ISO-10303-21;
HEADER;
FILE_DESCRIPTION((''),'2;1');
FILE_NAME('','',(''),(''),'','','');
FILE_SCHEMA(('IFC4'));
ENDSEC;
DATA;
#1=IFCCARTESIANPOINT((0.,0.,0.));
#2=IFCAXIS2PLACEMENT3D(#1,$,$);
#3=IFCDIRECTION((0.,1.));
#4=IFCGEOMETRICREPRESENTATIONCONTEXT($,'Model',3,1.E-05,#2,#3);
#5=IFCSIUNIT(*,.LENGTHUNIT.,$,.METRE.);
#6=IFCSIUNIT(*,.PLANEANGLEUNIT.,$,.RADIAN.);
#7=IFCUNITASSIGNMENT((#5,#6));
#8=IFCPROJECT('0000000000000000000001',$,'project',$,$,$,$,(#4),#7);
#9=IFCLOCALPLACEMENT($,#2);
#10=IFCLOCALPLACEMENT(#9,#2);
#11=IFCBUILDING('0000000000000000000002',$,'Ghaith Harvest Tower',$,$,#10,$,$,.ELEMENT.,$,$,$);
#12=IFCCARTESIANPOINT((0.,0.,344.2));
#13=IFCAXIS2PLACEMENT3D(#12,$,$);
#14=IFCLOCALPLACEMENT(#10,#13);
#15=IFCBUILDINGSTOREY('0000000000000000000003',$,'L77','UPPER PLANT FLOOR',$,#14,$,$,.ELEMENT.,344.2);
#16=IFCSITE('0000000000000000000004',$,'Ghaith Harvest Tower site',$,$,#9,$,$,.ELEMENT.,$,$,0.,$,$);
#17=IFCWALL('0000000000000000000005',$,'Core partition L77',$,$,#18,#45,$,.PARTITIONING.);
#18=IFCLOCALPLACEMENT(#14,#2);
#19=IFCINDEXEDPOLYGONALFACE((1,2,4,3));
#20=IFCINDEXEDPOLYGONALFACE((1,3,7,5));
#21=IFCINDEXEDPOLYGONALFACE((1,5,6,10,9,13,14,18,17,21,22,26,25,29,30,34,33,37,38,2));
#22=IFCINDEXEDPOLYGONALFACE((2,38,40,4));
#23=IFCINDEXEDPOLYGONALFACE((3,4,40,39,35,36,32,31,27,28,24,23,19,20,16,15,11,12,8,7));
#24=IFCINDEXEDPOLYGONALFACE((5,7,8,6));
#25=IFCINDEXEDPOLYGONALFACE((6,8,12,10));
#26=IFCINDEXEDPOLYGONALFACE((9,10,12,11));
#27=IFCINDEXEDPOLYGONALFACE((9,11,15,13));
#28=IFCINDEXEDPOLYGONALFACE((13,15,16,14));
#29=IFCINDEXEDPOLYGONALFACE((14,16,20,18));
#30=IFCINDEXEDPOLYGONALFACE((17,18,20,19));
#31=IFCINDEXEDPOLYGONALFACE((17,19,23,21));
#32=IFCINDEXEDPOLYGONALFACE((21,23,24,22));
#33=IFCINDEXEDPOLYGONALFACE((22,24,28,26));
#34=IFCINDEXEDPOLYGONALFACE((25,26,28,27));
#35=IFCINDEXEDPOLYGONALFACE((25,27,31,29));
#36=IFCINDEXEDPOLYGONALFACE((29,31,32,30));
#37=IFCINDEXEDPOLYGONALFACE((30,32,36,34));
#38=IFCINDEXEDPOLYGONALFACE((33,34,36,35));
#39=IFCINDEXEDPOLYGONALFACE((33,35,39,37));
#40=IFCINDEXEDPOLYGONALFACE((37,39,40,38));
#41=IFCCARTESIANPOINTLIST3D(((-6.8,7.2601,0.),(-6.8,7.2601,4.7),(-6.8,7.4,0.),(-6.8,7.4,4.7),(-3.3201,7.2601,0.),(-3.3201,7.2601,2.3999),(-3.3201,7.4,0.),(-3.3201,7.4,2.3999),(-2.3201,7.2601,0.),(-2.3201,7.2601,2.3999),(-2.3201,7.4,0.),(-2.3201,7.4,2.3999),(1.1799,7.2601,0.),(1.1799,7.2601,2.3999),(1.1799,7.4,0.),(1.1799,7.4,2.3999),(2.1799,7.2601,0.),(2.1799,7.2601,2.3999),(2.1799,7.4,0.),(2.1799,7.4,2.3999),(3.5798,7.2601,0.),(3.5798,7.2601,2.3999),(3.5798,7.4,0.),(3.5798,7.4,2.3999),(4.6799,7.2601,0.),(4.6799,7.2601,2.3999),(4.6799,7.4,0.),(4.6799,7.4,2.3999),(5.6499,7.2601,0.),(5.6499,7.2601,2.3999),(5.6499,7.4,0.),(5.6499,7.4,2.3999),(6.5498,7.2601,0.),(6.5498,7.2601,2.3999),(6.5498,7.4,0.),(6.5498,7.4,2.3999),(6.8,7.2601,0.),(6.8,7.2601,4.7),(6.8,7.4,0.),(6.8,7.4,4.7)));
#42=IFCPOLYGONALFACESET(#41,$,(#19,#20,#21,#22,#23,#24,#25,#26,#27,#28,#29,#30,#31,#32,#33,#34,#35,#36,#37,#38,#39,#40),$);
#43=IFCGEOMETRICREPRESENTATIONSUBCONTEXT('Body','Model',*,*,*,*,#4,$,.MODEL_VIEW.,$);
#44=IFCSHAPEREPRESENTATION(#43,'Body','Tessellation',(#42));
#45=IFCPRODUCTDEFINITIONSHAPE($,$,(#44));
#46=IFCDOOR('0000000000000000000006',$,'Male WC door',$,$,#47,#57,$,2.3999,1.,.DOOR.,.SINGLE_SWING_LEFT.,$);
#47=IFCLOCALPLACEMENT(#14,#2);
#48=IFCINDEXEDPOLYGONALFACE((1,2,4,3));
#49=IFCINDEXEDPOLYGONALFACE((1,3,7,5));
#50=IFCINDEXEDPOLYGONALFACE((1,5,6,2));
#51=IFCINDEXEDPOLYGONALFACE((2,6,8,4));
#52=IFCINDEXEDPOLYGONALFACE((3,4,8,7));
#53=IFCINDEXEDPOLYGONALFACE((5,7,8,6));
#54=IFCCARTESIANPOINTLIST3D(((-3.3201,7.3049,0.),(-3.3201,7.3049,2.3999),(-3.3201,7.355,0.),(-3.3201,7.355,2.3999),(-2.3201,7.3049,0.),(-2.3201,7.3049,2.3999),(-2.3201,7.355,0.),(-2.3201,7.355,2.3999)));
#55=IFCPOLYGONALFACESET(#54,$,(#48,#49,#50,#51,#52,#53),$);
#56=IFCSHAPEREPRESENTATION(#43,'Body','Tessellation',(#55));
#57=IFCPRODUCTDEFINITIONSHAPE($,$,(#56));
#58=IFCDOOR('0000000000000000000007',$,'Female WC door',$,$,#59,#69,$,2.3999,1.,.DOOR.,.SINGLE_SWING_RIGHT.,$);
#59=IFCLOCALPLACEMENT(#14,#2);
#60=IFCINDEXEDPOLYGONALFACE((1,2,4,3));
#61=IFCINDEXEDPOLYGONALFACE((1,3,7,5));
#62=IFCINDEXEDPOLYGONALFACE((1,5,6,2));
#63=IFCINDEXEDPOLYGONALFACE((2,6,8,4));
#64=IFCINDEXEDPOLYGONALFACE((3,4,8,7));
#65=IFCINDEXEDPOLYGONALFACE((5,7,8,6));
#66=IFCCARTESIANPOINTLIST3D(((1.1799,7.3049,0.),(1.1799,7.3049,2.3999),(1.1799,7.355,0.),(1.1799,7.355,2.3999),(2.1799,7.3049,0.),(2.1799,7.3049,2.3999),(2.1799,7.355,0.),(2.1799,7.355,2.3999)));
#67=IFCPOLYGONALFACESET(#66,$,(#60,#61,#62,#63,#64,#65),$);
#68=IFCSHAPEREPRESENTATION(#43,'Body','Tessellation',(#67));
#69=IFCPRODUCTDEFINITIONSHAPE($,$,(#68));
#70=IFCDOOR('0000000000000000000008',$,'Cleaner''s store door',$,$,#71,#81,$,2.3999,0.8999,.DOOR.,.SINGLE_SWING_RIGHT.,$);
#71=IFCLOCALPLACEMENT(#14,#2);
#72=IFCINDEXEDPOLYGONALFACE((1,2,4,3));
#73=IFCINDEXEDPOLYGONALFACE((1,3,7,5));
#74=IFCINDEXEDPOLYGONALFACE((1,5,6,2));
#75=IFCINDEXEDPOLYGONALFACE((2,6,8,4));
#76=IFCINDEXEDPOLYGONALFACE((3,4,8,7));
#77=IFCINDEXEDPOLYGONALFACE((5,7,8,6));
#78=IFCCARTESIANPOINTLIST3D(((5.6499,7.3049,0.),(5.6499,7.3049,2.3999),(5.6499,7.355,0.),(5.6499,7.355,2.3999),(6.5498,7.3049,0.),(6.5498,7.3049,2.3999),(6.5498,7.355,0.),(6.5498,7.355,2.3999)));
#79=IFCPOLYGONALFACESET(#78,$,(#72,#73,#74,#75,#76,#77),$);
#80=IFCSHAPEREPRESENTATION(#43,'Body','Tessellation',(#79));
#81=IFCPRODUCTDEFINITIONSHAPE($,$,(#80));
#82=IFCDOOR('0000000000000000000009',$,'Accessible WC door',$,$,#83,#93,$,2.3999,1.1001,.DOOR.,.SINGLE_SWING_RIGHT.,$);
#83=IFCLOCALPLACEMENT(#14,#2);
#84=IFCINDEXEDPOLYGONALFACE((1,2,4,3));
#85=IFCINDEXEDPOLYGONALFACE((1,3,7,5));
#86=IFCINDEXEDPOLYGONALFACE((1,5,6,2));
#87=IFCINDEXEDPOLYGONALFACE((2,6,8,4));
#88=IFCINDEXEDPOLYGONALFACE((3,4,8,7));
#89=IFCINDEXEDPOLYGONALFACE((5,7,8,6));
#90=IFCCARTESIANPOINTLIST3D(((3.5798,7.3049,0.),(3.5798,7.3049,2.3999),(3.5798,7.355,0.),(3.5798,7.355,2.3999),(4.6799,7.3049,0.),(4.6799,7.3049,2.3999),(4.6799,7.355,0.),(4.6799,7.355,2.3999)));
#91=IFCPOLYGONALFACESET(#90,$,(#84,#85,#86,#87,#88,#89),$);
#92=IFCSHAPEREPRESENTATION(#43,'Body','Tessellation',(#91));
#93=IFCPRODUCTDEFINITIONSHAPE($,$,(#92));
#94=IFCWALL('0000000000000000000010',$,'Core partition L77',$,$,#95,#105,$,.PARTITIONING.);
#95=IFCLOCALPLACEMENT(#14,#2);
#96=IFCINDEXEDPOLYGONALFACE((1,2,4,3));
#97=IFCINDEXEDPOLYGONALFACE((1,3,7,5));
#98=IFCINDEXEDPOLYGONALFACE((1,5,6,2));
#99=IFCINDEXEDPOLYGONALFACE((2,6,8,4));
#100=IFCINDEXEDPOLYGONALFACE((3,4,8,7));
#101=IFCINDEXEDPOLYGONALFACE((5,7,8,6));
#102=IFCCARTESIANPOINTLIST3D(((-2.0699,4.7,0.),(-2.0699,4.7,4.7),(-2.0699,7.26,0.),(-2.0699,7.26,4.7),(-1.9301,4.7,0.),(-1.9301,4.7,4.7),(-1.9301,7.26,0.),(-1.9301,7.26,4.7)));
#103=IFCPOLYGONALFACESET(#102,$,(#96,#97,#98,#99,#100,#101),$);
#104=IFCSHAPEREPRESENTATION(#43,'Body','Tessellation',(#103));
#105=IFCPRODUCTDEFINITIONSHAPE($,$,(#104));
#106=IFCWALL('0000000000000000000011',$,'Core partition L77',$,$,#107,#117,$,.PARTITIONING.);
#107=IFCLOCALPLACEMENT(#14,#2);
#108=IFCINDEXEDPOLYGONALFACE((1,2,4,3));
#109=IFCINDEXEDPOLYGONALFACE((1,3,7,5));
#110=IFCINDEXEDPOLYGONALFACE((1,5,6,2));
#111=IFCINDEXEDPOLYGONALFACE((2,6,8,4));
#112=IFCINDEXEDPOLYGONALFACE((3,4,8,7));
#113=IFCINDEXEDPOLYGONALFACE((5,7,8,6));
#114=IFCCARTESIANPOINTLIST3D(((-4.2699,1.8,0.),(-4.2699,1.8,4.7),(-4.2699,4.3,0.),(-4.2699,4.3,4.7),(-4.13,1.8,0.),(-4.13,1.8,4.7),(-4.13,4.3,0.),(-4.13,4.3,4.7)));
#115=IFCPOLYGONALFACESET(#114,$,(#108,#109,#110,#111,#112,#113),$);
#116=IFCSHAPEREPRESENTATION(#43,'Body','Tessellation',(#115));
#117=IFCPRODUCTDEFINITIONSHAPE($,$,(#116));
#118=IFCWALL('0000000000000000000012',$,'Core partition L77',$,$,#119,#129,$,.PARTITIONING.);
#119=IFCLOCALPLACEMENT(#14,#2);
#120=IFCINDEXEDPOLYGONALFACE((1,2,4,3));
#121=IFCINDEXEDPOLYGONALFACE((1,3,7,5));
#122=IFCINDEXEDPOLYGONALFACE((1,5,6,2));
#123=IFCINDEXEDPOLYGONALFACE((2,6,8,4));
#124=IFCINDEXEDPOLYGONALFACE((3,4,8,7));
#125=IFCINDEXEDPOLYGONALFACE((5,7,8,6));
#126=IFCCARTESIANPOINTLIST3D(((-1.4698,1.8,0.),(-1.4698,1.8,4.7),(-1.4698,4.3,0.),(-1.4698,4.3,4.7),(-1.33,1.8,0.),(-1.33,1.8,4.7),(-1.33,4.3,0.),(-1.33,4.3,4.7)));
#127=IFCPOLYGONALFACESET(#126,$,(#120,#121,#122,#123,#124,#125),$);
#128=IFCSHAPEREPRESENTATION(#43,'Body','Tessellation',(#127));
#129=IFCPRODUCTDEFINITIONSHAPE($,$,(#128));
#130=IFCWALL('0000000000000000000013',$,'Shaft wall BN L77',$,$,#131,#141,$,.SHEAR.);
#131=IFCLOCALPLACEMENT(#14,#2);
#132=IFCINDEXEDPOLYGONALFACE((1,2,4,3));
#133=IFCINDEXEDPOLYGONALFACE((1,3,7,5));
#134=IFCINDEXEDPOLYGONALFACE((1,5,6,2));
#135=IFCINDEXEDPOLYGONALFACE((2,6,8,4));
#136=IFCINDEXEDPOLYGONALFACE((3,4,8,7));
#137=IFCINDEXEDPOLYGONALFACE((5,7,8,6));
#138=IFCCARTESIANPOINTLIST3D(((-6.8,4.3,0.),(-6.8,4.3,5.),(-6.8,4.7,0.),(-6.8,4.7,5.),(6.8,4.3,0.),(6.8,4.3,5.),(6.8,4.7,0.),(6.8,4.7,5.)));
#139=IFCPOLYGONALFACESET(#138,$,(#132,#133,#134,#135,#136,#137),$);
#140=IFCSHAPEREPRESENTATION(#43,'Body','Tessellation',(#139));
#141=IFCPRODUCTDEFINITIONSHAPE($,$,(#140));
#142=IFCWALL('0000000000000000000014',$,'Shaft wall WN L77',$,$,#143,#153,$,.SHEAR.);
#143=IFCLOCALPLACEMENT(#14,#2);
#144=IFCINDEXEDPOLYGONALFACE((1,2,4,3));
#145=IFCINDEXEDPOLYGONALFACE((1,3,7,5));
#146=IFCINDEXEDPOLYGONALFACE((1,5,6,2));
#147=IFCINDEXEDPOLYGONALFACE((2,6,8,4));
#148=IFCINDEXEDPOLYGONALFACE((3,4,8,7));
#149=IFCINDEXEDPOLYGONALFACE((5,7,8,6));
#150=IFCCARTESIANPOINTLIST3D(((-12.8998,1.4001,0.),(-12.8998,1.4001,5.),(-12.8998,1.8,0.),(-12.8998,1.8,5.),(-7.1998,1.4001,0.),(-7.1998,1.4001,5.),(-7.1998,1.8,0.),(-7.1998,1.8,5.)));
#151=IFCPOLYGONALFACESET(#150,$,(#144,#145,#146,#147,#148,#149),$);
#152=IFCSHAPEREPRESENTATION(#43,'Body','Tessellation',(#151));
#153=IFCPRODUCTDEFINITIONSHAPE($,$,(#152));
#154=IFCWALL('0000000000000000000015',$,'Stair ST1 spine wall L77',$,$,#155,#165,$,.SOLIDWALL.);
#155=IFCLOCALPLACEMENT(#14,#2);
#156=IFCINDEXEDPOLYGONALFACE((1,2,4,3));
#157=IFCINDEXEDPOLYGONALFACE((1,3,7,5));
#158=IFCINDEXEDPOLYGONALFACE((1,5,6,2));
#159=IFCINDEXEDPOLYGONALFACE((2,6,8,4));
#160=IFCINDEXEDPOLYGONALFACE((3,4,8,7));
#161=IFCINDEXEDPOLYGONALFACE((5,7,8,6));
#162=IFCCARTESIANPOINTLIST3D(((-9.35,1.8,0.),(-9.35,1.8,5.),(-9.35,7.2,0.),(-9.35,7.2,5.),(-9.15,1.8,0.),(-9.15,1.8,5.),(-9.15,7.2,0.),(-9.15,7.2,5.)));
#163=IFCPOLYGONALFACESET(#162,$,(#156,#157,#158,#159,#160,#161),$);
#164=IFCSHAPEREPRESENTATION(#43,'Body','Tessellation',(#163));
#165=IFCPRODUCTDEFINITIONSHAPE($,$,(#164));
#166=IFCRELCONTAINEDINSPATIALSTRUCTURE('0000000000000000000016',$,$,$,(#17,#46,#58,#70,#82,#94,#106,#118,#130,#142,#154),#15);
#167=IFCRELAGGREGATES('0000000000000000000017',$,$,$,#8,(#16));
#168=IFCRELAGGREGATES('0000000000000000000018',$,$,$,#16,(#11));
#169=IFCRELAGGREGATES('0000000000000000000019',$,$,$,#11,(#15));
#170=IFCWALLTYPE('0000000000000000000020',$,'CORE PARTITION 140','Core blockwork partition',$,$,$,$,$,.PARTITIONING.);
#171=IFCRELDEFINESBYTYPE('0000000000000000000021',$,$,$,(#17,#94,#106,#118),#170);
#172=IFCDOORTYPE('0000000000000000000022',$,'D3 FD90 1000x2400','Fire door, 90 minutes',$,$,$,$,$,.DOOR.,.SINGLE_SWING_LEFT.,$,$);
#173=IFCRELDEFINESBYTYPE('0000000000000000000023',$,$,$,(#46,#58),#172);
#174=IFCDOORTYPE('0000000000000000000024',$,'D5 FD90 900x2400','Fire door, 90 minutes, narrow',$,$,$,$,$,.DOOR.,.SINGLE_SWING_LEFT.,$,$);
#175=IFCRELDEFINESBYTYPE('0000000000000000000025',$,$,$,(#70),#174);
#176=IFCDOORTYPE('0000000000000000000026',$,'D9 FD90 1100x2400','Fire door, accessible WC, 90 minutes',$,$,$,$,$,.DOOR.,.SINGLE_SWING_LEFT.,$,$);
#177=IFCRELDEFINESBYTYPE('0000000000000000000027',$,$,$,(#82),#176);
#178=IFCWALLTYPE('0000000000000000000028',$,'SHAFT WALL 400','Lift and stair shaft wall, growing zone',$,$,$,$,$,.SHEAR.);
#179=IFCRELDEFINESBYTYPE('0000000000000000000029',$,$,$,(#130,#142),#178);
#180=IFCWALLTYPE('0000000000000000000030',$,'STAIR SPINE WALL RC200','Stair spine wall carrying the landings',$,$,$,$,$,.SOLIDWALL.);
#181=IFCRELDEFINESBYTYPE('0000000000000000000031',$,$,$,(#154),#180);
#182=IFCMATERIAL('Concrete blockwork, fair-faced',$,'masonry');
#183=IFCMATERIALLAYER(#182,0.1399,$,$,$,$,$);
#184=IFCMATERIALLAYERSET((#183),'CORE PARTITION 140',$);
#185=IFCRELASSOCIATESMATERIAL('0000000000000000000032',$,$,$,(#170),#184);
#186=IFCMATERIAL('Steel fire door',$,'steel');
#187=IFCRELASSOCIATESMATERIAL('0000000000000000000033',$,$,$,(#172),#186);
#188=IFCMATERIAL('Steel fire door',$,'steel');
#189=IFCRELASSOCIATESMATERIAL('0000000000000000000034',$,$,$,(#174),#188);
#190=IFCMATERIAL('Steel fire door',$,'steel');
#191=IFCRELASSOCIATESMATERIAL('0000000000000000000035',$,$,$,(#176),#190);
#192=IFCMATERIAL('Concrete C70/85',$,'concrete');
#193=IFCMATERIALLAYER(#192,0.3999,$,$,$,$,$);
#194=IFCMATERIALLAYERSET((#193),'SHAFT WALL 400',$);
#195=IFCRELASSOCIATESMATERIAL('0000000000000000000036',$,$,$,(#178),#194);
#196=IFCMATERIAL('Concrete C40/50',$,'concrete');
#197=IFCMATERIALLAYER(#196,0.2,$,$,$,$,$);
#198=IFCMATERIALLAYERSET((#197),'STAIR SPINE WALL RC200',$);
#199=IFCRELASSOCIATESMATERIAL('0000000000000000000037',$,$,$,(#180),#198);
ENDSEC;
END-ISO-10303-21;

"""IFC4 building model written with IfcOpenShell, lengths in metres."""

from ifc_helpers import new_model, si_unit, direction, frame, frame_2d, origin, place, context, subcontext, project, spatial, rectangle, extrude, material, layer, layer_set, type_object, element, fill, save


model = new_model("IFC4")

# Units and contexts
model_context = context("Model", 3, precision=1e-05, world=origin(), true_north=direction((0.0, 1.0)))
body_context = subcontext(model_context, "Body", "Model", "MODEL_VIEW")
ifc_project = project(units=[si_unit("LENGTHUNIT", "METRE"), si_unit("PLANEANGLEUNIT", "RADIAN")], contexts=[model_context])

# Site, building, storey
site_placement = place(None, origin())
site = spatial("IfcSite", under=ifc_project, at=site_placement, Name="Ghaith Harvest Tower site", CompositionType="ELEMENT", RefElevation=0.0)
building_placement = place(site_placement, origin())
building = spatial("IfcBuilding", under=site, at=building_placement, Name="Ghaith Harvest Tower", CompositionType="ELEMENT")
storey_placement = place(building_placement, frame((0.0, 0.0, 344.2)))
storey = spatial("IfcBuildingStorey", under=building, at=storey_placement, Name="L77", Description="UPPER PLANT FLOOR", CompositionType="ELEMENT", Elevation=344.2)

# Wall, openings, doors
ifc_material_1 = material(Name="Concrete blockwork, fair-faced", Category="masonry")
ifc_layer_1 = layer(ifc_material_1, 0.1399)
ifc_layer_set_1 = layer_set([ifc_layer_1], Name="CORE PARTITION 140")
wall_type_1 = type_object("IfcWallType", Name="CORE PARTITION 140", Description="Core blockwork partition", PredefinedType="PARTITIONING", material=ifc_layer_set_1)
wall_1_placement = place(storey_placement, frame((-6.8, 7.3301, 0.0), z_axis=(0.0, 0.0, 1.0), x_axis=(1.0, 0.0, 0.0)))
wall_1 = element("IfcWall", 1, at=wall_1_placement, inside=storey, type_object=wall_type_1, Name="Core partition L77", PredefinedType="PARTITIONING", context=body_context, shape_type="SweptSolid", body=[
    extrude(rectangle(XDim=13.6001, YDim=0.1399, at=frame_2d((6.8, 0.0))), origin(), (0.0, 0.0, 1.0), 4.7),
])
opening_1_placement = place(wall_1_placement, frame((3.48, 0.0, 0.0)))
opening_1 = element("IfcOpeningElement", 2, at=opening_1_placement, cuts=wall_1, PredefinedType="OPENING", context=body_context, shape_type="SweptSolid", body=[
    extrude(rectangle(XDim=1.0, YDim=2.3999, at=frame_2d((0.5, 1.2))), frame((0.0, 0.0801, 0.0), z_axis=(0.0, -1.0, 0.0), x_axis=(1.0, 0.0, 0.0)), (0.0, 0.0, 1.0), 0.1599),
])
opening_2_placement = place(wall_1_placement, frame((7.98, 0.0, 0.0)))
opening_2 = element("IfcOpeningElement", 3, at=opening_2_placement, cuts=wall_1, PredefinedType="OPENING", context=body_context, shape_type="SweptSolid", body=[
    extrude(rectangle(XDim=1.0, YDim=2.3999, at=frame_2d((0.5, 1.2))), frame((0.0, 0.0801, 0.0), z_axis=(0.0, -1.0, 0.0), x_axis=(1.0, 0.0, 0.0)), (0.0, 0.0, 1.0), 0.1599),
])
opening_3_placement = place(wall_1_placement, frame((10.3799, 0.0, 0.0)))
opening_3 = element("IfcOpeningElement", 4, at=opening_3_placement, cuts=wall_1, PredefinedType="OPENING", context=body_context, shape_type="SweptSolid", body=[
    extrude(rectangle(XDim=1.1001, YDim=2.3999, at=frame_2d((0.55, 1.2))), frame((0.0, 0.0801, 0.0), z_axis=(0.0, -1.0, 0.0), x_axis=(1.0, 0.0, 0.0)), (0.0, 0.0, 1.0), 0.1599),
])
opening_4_placement = place(wall_1_placement, frame((12.45, 0.0, 0.0)))
opening_4 = element("IfcOpeningElement", 5, at=opening_4_placement, cuts=wall_1, PredefinedType="OPENING", context=body_context, shape_type="SweptSolid", body=[
    extrude(rectangle(XDim=0.8999, YDim=2.3999, at=frame_2d((0.45, 1.2))), frame((0.0, 0.0801, 0.0), z_axis=(0.0, -1.0, 0.0), x_axis=(1.0, 0.0, 0.0)), (0.0, 0.0, 1.0), 0.1599),
])
ifc_material_2 = material(Name="Steel fire door", Category="steel")
door_type_1 = type_object("IfcDoorType", Name="D3 FD90 1000x2400", Description="Fire door, 90 minutes", OperationType="SINGLE_SWING_LEFT", PredefinedType="DOOR", material=ifc_material_2)
door_1_placement = place(opening_1_placement, origin())
door_1 = element("IfcDoor", 6, at=door_1_placement, inside=storey, type_object=door_type_1, Name="Male WC door", OperationType="SINGLE_SWING_LEFT", OverallHeight=2.3999, OverallWidth=1.0, PredefinedType="DOOR", context=body_context, shape_type="SweptSolid", body=[
    extrude(rectangle(XDim=1.0, YDim=2.3999, at=frame_2d((0.5, 1.2))), frame((0.0, 0.0249, 0.0), z_axis=(0.0, -1.0, 0.0), x_axis=(1.0, 0.0, 0.0)), (0.0, 0.0, 1.0), 0.05),
])
fill(opening_1, door_1)
door_2_placement = place(opening_2_placement, origin())
door_2 = element("IfcDoor", 7, at=door_2_placement, inside=storey, type_object=door_type_1, Name="Female WC door", OperationType="SINGLE_SWING_RIGHT", OverallHeight=2.3999, OverallWidth=1.0, PredefinedType="DOOR", context=body_context, shape_type="SweptSolid", body=[
    extrude(rectangle(XDim=1.0, YDim=2.3999, at=frame_2d((0.5, 1.2))), frame((0.0, 0.0249, 0.0), z_axis=(0.0, -1.0, 0.0), x_axis=(1.0, 0.0, 0.0)), (0.0, 0.0, 1.0), 0.05),
])
fill(opening_2, door_2)
ifc_material_3 = material(Name="Steel fire door", Category="steel")
door_type_2 = type_object("IfcDoorType", Name="D5 FD90 900x2400", Description="Fire door, 90 minutes, narrow", OperationType="SINGLE_SWING_LEFT", PredefinedType="DOOR", material=ifc_material_3)
door_3_placement = place(opening_4_placement, origin())
door_3 = element("IfcDoor", 8, at=door_3_placement, inside=storey, type_object=door_type_2, Name="Cleaner's store door", OperationType="SINGLE_SWING_RIGHT", OverallHeight=2.3999, OverallWidth=0.8999, PredefinedType="DOOR", context=body_context, shape_type="SweptSolid", body=[
    extrude(rectangle(XDim=0.8999, YDim=2.3999, at=frame_2d((0.45, 1.2))), frame((0.0, 0.0249, 0.0), z_axis=(0.0, -1.0, 0.0), x_axis=(1.0, 0.0, 0.0)), (0.0, 0.0, 1.0), 0.05),
])
fill(opening_4, door_3)
ifc_material_4 = material(Name="Steel fire door", Category="steel")
door_type_3 = type_object("IfcDoorType", Name="D9 FD90 1100x2400", Description="Fire door, accessible WC, 90 minutes", OperationType="SINGLE_SWING_LEFT", PredefinedType="DOOR", material=ifc_material_4)
door_4_placement = place(opening_3_placement, origin())
door_4 = element("IfcDoor", 9, at=door_4_placement, inside=storey, type_object=door_type_3, Name="Accessible WC door", OperationType="SINGLE_SWING_RIGHT", OverallHeight=2.3999, OverallWidth=1.1001, PredefinedType="DOOR", context=body_context, shape_type="SweptSolid", body=[
    extrude(rectangle(XDim=1.1001, YDim=2.3999, at=frame_2d((0.55, 1.2))), frame((0.0, 0.0249, 0.0), z_axis=(0.0, -1.0, 0.0), x_axis=(1.0, 0.0, 0.0)), (0.0, 0.0, 1.0), 0.05),
])
fill(opening_3, door_4)

# Walls
wall_2_placement = place(storey_placement, frame((-2.0, 4.7, 0.0), z_axis=(0.0, 0.0, 1.0), x_axis=(0.0, 1.0, 0.0)))
element("IfcWall", 10, at=wall_2_placement, inside=storey, type_object=wall_type_1, Name="Core partition L77", PredefinedType="PARTITIONING", context=body_context, shape_type="SweptSolid", body=[
    extrude(rectangle(XDim=2.5601, YDim=0.1399, at=frame_2d((1.28, 0.0))), origin(), (0.0, 0.0, 1.0), 4.7),
])
for number, where, z_axis, x_axis, name in (
    (11, (-4.2, 1.8, 0.0), (0.0, 0.0, 1.0), (0.0, 1.0, 0.0), "Core partition L77"),
    (12, (-1.3999, 1.8, 0.0), (0.0, 0.0, 1.0), (0.0, 1.0, 0.0), "Core partition L77"),
):
    element("IfcWall", number, at=place(storey_placement, frame(where, z_axis=z_axis, x_axis=x_axis)), inside=storey, type_object=wall_type_1, Name=name, PredefinedType="PARTITIONING", context=body_context, shape_type="SweptSolid", body=[
        extrude(rectangle(XDim=2.5, YDim=0.1399, at=frame_2d((1.25, 0.0))), origin(), (0.0, 0.0, 1.0), 4.7),
    ])

# Shared definitions
ifc_material_5 = material(Name="Concrete C70/85", Category="concrete")
ifc_layer_2 = layer(ifc_material_5, 0.3999)
ifc_layer_set_2 = layer_set([ifc_layer_2], Name="SHAFT WALL 400")
wall_type_2 = type_object("IfcWallType", Name="SHAFT WALL 400", Description="Lift and stair shaft wall, growing zone", PredefinedType="SHEAR", material=ifc_layer_set_2)

# Walls
wall_3_placement = place(storey_placement, frame((-6.8, 4.5, 0.0), z_axis=(0.0, 0.0, 1.0), x_axis=(1.0, 0.0, 0.0)))
element("IfcWall", 13, at=wall_3_placement, inside=storey, type_object=wall_type_2, Name="Shaft wall BN L77", PredefinedType="SHEAR", context=body_context, shape_type="SweptSolid", body=[
    extrude(rectangle(XDim=13.6001, YDim=0.3999, at=frame_2d((6.8, 0.0))), origin(), (0.0, 0.0, 1.0), 5.0),
])
wall_4_placement = place(storey_placement, frame((-12.8999, 1.6001, 0.0), z_axis=(0.0, 0.0, 1.0), x_axis=(1.0, 0.0, 0.0)))
element("IfcWall", 14, at=wall_4_placement, inside=storey, type_object=wall_type_2, Name="Shaft wall WN L77", PredefinedType="SHEAR", context=body_context, shape_type="SweptSolid", body=[
    extrude(rectangle(XDim=5.7, YDim=0.3999, at=frame_2d((2.8501, 0.0))), origin(), (0.0, 0.0, 1.0), 5.0),
])
ifc_material_6 = material(Name="Concrete C40/50", Category="concrete")
ifc_layer_3 = layer(ifc_material_6, 0.2)
ifc_layer_set_3 = layer_set([ifc_layer_3], Name="STAIR SPINE WALL RC200")
wall_type_3 = type_object("IfcWallType", Name="STAIR SPINE WALL RC200", Description="Stair spine wall carrying the landings", PredefinedType="SOLIDWALL", material=ifc_layer_set_3)
wall_5_placement = place(storey_placement, frame((-9.25, 7.2, 0.0), z_axis=(0.0, 0.0, 1.0), x_axis=(0.0, -1.0, 0.0)))
element("IfcWall", 15, at=wall_5_placement, inside=storey, type_object=wall_type_3, Name="Stair ST1 spine wall L77", PredefinedType="SOLIDWALL", context=body_context, shape_type="SweptSolid", body=[
    extrude(rectangle(XDim=5.3999, YDim=0.2, at=frame_2d((2.7, 0.0))), origin(), (0.0, 0.0, 1.0), 5.0),
])

save(model, "model.ifc")
